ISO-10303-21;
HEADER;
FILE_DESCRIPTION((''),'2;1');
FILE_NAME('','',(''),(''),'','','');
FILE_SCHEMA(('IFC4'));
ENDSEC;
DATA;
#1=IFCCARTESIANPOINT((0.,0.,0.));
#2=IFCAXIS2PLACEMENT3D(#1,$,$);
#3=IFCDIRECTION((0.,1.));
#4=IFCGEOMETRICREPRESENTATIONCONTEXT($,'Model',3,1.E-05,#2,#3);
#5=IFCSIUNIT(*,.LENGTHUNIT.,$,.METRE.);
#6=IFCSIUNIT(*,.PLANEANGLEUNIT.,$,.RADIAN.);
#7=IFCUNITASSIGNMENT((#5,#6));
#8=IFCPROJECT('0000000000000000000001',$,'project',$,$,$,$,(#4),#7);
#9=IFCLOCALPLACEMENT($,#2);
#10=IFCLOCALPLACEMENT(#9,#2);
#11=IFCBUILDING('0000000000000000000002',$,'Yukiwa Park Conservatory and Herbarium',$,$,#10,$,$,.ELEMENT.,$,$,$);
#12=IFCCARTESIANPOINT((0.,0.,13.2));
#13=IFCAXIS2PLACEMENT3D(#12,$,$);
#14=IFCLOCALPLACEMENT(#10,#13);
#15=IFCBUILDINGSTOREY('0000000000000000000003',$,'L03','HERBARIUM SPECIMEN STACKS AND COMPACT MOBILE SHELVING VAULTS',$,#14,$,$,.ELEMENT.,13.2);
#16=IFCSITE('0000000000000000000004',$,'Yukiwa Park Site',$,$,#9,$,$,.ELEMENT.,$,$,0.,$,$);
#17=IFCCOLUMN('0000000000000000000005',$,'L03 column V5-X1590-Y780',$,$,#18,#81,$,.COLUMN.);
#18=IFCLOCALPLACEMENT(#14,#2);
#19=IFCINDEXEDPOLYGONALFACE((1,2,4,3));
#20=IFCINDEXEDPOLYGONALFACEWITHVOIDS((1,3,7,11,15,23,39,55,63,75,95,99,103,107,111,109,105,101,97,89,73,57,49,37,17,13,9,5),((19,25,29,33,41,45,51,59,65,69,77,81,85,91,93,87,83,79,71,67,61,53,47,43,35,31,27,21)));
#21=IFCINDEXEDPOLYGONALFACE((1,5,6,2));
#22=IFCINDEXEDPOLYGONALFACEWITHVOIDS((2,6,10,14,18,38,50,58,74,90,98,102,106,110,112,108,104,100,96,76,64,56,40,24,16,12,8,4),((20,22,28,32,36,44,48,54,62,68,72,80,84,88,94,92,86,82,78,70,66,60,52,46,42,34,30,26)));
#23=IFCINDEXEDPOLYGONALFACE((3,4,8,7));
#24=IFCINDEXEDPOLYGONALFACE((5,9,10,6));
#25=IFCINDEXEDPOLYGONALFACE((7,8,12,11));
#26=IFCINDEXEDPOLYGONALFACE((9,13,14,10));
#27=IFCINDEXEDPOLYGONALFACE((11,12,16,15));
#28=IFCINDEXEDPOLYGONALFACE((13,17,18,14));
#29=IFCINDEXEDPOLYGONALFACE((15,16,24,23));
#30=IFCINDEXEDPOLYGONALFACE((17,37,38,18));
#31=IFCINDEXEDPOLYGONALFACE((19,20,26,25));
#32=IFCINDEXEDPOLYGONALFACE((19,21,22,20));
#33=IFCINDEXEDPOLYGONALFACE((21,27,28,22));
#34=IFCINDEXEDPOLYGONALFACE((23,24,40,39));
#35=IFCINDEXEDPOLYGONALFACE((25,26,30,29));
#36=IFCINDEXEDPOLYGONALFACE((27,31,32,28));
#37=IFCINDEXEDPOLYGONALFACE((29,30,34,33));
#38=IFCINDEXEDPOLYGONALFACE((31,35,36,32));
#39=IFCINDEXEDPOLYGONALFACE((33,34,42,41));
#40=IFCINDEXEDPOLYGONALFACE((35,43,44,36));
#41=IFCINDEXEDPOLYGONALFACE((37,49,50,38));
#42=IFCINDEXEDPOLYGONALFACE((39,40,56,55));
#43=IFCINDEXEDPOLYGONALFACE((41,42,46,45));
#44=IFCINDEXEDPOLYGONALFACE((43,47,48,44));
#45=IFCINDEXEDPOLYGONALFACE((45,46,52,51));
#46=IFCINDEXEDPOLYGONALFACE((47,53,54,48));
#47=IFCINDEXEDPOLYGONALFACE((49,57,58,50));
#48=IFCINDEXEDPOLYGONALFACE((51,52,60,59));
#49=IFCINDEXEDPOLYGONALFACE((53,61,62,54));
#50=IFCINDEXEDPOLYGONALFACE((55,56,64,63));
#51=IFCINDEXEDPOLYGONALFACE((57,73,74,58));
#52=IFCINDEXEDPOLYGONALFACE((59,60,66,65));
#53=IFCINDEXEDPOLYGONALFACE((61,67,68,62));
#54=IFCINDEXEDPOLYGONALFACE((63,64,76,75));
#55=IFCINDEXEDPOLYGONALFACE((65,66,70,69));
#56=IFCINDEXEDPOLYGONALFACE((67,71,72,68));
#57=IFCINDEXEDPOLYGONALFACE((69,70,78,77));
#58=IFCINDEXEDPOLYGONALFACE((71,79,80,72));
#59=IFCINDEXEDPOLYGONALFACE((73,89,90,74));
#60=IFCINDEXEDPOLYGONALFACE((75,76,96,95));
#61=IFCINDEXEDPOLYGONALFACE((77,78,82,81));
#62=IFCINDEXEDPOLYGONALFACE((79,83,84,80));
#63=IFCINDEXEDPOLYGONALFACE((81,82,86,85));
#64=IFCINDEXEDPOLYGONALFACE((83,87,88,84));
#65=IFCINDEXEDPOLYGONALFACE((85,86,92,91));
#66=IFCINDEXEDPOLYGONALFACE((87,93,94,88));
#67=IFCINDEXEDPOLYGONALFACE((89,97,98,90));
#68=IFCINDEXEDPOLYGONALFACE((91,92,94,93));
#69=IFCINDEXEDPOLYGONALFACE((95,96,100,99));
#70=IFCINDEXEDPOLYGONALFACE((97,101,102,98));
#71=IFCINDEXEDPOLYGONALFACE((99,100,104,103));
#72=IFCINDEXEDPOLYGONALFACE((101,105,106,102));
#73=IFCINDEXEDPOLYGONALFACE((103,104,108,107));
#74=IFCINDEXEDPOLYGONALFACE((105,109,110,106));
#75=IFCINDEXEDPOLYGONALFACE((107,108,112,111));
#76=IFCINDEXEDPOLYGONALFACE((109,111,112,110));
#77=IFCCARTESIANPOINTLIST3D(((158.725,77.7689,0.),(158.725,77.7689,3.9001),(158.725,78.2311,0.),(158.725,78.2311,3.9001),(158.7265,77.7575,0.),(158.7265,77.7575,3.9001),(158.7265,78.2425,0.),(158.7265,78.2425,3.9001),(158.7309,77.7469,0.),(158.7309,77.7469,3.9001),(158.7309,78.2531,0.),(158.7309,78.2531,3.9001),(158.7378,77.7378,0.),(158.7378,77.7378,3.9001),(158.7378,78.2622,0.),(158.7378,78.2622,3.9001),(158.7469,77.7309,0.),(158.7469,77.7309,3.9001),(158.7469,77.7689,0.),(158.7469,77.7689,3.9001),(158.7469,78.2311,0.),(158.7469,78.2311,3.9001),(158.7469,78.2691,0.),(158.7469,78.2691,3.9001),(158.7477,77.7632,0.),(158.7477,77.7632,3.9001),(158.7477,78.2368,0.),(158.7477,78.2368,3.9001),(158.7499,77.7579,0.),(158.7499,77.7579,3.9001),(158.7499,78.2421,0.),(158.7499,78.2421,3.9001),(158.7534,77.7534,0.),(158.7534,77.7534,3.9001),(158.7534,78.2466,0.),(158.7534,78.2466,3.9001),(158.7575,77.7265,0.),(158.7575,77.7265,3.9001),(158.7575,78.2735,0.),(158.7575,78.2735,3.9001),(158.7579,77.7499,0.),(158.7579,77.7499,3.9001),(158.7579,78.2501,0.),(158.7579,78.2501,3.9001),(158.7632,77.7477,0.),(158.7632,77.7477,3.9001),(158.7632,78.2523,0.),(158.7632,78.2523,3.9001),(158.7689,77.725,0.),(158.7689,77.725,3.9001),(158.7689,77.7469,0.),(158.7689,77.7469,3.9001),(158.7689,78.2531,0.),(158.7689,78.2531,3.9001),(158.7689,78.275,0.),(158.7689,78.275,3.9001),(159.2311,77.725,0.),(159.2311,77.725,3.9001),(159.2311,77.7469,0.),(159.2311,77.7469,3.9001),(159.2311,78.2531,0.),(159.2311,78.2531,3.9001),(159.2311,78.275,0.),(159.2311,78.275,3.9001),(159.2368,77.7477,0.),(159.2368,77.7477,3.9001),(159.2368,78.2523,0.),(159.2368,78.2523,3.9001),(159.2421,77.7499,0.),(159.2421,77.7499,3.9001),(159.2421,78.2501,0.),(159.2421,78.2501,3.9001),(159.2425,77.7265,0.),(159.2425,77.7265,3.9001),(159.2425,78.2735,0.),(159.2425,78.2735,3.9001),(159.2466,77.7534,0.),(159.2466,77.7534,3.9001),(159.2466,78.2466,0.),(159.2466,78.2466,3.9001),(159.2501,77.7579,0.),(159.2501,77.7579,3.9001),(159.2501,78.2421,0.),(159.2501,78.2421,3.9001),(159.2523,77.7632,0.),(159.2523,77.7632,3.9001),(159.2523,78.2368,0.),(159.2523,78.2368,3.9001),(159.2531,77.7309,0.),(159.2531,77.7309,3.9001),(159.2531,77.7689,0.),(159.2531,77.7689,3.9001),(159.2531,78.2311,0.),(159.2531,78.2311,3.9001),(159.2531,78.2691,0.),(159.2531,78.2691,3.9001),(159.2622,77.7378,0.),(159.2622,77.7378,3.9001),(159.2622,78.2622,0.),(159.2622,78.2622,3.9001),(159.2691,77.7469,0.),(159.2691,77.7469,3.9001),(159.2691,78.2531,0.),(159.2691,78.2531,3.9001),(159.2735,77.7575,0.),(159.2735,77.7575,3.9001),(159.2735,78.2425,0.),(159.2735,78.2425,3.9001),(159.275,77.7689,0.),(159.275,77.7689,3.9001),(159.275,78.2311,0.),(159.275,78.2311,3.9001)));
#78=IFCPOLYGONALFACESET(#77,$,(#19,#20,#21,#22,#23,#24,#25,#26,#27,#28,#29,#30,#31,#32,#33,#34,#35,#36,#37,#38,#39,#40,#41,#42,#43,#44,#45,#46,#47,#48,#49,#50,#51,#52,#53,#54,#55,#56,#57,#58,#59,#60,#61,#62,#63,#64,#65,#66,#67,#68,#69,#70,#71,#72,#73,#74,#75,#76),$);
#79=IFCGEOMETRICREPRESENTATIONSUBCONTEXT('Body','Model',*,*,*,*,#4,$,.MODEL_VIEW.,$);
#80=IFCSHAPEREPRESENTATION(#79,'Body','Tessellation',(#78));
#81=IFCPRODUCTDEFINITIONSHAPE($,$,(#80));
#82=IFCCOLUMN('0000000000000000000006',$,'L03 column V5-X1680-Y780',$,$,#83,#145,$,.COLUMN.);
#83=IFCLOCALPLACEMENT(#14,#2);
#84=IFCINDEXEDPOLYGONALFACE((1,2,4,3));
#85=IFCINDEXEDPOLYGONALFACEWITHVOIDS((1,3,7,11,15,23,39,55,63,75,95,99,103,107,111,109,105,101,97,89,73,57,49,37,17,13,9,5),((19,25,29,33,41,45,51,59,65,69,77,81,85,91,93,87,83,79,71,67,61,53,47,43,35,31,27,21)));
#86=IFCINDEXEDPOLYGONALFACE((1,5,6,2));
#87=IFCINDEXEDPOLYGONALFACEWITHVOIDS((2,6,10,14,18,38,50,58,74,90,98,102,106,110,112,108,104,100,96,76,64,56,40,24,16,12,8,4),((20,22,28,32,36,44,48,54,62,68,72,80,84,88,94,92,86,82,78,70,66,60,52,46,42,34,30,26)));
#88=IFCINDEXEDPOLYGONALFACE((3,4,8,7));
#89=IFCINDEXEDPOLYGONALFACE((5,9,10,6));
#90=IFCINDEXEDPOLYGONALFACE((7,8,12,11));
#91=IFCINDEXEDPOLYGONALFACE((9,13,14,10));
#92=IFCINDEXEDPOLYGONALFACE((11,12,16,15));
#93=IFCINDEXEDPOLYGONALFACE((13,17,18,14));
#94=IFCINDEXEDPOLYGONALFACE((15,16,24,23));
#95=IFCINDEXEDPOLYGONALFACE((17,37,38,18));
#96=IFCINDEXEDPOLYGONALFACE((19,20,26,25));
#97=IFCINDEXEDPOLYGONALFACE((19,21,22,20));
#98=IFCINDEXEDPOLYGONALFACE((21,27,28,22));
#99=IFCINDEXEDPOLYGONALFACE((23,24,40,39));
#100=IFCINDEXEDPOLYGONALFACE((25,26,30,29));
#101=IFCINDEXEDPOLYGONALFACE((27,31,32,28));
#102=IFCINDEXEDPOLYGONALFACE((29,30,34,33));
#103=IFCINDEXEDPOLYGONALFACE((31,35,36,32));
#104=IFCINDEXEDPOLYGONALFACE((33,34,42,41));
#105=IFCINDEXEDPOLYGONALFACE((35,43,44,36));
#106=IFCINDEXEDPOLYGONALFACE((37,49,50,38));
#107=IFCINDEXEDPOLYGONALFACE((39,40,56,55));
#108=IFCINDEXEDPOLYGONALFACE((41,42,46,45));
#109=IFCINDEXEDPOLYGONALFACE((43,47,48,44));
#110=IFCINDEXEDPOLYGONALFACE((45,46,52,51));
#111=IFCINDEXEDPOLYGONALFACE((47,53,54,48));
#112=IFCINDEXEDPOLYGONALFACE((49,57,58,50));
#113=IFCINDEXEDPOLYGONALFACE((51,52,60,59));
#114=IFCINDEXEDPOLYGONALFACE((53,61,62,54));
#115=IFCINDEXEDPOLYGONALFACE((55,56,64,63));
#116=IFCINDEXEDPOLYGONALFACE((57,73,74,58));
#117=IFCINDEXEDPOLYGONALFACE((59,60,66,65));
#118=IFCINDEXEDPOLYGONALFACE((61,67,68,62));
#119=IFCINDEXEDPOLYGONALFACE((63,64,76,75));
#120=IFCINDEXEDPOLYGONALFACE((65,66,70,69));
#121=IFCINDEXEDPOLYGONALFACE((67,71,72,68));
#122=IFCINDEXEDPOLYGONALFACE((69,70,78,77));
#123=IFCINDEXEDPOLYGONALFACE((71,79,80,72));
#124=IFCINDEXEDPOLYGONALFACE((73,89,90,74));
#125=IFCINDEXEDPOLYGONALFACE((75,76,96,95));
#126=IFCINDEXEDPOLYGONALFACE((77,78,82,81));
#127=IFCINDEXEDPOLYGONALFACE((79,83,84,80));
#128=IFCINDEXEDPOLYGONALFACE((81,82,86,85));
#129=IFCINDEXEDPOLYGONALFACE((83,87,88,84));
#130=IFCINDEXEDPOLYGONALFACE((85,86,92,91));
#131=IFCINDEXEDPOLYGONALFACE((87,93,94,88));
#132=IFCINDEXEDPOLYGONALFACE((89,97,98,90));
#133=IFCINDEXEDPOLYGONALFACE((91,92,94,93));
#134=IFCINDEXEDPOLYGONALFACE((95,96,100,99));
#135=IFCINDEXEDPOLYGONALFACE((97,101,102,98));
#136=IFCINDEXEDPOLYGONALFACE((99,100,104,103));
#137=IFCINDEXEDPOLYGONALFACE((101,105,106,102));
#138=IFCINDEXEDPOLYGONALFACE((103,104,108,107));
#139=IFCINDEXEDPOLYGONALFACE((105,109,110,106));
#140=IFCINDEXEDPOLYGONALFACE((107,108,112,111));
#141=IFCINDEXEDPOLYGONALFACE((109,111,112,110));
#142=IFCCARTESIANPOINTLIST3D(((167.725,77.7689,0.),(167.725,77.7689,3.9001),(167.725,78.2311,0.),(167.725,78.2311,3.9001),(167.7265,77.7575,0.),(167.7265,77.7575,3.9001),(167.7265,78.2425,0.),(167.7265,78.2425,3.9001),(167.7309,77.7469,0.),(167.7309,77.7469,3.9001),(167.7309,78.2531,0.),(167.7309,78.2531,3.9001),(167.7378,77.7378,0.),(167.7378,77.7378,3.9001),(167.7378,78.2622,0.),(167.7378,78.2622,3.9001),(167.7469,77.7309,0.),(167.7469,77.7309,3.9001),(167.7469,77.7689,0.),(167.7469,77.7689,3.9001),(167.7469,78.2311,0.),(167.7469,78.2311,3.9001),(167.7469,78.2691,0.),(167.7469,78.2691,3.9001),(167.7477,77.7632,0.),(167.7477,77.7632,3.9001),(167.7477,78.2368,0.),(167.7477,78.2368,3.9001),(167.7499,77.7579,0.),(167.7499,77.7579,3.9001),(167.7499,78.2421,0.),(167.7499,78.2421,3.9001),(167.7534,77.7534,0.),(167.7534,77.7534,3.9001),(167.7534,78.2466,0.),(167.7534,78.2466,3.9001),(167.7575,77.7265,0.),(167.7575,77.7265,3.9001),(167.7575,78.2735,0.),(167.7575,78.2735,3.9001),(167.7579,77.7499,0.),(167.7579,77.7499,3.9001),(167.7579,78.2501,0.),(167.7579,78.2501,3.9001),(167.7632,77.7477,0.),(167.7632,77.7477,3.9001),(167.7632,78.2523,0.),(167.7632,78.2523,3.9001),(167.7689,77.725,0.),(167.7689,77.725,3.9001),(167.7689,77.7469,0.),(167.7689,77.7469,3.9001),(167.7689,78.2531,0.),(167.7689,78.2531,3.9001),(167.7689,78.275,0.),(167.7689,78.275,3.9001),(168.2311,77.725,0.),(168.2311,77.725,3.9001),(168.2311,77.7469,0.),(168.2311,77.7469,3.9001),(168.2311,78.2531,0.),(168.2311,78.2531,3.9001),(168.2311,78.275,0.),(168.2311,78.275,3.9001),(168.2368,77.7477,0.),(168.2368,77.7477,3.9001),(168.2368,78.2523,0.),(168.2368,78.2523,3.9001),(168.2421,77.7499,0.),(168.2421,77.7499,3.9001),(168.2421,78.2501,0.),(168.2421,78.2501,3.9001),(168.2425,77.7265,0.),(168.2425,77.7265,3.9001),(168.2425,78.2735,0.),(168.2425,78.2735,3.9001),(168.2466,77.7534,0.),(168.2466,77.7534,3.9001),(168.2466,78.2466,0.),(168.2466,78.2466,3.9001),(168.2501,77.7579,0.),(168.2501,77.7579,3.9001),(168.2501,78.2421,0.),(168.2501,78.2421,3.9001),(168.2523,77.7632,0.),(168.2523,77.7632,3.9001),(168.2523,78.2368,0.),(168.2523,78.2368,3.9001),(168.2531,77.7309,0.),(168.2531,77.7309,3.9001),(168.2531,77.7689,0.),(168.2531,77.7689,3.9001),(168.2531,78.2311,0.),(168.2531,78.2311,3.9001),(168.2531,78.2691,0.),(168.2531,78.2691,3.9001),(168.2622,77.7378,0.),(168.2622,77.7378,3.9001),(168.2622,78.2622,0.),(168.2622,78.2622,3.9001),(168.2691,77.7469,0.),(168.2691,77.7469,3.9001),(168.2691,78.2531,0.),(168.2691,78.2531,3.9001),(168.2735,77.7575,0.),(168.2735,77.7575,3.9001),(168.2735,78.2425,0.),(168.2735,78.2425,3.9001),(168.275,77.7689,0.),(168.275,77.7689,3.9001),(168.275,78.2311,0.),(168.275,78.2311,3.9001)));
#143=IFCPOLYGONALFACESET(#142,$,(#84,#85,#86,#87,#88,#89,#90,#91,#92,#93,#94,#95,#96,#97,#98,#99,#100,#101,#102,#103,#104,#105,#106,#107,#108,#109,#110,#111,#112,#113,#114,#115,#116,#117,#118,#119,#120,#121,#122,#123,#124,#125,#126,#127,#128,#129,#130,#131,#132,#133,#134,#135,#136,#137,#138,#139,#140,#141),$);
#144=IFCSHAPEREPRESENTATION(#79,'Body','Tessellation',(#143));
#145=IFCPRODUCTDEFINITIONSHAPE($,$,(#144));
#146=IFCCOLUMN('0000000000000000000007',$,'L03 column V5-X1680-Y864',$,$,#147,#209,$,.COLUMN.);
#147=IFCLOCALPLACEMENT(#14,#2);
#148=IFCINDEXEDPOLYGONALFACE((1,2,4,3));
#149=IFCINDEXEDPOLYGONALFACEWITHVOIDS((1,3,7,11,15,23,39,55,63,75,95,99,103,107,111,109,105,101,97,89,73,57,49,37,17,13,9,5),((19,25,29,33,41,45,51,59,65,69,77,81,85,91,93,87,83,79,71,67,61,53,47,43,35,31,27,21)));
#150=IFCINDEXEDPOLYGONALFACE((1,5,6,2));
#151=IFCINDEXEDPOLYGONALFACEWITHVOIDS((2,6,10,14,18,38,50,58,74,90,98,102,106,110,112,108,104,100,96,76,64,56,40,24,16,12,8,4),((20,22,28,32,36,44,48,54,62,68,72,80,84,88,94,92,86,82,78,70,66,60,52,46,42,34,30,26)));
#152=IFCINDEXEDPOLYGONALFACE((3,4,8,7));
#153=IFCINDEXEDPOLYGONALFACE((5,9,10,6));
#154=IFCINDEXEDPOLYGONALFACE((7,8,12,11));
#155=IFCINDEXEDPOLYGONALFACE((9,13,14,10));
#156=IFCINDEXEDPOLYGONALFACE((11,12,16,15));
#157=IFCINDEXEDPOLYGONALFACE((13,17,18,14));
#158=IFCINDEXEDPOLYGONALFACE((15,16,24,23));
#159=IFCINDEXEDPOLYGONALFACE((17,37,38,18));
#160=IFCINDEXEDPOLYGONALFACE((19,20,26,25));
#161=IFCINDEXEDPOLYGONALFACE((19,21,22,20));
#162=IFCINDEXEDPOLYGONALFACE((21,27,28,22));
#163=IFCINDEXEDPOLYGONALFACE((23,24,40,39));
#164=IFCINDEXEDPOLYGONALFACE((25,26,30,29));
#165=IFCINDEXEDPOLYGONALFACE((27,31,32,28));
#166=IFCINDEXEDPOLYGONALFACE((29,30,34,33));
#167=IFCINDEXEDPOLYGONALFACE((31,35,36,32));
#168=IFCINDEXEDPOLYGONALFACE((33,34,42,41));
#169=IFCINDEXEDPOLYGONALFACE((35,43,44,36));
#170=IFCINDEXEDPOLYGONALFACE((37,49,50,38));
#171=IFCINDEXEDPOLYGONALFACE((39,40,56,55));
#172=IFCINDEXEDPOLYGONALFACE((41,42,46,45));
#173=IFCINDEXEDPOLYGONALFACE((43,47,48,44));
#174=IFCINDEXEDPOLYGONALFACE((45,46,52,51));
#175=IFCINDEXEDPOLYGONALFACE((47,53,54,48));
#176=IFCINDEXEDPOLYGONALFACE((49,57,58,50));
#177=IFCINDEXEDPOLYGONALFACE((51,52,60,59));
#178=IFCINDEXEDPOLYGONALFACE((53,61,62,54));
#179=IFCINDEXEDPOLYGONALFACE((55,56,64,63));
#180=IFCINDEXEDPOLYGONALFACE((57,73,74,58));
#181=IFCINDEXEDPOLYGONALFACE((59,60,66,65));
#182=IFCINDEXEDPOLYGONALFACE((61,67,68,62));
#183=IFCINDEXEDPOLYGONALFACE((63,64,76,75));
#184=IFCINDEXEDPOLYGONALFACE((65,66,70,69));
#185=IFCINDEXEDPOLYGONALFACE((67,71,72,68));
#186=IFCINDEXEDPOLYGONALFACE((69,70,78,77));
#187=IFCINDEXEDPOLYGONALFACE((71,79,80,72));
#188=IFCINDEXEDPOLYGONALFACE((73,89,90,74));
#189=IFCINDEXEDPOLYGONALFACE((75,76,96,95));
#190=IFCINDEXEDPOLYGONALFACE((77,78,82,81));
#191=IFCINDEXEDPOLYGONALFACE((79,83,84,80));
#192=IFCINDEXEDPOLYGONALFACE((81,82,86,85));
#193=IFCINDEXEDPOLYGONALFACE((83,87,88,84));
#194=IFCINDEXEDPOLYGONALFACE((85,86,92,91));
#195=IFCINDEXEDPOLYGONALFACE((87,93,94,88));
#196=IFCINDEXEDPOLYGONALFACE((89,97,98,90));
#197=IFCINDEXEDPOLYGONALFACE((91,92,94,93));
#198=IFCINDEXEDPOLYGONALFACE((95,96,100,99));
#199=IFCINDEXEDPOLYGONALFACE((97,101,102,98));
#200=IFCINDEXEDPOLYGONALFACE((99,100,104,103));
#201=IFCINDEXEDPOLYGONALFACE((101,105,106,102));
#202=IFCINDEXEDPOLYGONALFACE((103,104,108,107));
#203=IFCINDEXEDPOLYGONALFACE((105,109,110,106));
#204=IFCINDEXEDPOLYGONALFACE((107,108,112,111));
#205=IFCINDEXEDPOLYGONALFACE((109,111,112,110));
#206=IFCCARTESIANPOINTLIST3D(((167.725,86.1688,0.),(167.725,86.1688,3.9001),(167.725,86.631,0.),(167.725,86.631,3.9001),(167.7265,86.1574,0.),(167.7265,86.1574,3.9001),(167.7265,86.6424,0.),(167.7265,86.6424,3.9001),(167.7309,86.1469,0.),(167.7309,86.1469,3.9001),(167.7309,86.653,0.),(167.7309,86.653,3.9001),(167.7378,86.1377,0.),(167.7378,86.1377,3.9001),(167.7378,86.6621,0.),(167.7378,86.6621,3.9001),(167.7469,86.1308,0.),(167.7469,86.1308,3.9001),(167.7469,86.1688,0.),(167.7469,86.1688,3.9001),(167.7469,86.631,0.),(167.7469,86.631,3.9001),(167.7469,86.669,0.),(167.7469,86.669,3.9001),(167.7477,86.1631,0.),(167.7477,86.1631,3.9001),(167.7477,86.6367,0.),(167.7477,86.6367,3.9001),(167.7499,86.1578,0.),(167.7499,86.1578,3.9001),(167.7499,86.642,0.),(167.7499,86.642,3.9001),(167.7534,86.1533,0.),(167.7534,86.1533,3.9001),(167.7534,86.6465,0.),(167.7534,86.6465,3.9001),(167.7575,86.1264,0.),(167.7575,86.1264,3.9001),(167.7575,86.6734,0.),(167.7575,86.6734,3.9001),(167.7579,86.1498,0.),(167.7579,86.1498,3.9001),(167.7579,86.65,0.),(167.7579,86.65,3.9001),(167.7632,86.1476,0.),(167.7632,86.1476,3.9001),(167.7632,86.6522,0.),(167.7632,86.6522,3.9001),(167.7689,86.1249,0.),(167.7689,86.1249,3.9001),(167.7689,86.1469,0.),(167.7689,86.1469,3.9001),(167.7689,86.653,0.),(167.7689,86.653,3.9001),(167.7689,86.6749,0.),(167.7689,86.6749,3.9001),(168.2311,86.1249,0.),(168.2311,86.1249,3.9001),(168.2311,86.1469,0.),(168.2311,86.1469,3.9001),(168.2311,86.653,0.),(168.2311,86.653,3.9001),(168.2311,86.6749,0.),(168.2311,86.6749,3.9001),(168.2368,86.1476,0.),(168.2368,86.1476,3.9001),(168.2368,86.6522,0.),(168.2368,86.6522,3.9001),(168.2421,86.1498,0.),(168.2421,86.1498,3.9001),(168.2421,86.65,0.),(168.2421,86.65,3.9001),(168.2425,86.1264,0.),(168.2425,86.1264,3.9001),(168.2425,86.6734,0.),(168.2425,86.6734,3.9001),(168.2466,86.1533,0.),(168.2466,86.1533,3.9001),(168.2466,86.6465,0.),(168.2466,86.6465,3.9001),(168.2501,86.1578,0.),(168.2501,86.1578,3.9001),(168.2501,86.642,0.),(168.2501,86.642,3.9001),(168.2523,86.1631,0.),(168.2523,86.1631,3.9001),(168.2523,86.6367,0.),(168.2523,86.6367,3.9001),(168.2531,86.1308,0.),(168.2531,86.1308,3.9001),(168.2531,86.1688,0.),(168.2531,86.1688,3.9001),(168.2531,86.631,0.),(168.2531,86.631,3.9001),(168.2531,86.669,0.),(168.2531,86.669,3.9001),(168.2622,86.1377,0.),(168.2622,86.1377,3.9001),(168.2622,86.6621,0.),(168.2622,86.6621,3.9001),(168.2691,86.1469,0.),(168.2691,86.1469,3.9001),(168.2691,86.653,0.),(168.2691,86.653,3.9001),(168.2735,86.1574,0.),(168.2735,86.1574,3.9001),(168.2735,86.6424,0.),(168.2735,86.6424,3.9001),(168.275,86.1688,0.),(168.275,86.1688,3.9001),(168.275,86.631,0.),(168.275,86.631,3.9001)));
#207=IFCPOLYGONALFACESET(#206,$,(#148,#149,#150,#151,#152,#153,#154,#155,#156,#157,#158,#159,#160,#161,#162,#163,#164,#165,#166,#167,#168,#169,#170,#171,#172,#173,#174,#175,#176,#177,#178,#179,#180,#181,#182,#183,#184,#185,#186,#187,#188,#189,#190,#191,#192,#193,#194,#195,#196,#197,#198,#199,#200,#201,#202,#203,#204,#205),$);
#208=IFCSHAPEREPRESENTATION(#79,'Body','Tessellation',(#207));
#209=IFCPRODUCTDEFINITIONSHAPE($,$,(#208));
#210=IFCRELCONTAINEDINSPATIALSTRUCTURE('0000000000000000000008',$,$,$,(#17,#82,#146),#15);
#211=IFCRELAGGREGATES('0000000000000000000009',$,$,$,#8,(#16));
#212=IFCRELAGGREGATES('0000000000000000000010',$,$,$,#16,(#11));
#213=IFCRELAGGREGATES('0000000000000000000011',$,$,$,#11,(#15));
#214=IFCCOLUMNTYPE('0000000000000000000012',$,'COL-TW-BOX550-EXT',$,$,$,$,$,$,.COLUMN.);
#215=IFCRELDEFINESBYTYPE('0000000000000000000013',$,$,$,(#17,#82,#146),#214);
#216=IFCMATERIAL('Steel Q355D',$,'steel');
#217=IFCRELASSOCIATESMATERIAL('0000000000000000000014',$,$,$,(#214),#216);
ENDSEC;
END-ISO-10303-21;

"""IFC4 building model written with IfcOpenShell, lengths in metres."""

from ifc_helpers import new_model, si_unit, direction, frame, origin, origin_2d, place, context, subcontext, project, spatial, hollow_rectangle, extrude, material, material_profile, profile_set, type_object, element, save


model = new_model("IFC4")

# Units and contexts
model_context = context("Model", 3, precision=1e-05, world=origin(), true_north=direction((0.0, 1.0)))
body_context = subcontext(model_context, "Body", "Model", "MODEL_VIEW")
ifc_project = project(units=[si_unit("LENGTHUNIT", "METRE"), si_unit("PLANEANGLEUNIT", "RADIAN")], contexts=[model_context])

# Site, building, storey
site_placement = place(None, origin())
site = spatial("IfcSite", under=ifc_project, at=site_placement, Name="Yukiwa Park Site", CompositionType="ELEMENT", RefElevation=0.0)
building_placement = place(site_placement, origin())
building = spatial("IfcBuilding", under=site, at=building_placement, Name="Yukiwa Park Conservatory and Herbarium", CompositionType="ELEMENT")
storey_placement = place(building_placement, frame((0.0, 0.0, 13.2)))
storey = spatial("IfcBuildingStorey", under=building, at=storey_placement, Name="L03", Description="HERBARIUM SPECIMEN STACKS AND COMPACT MOBILE SHELVING VAULTS", CompositionType="ELEMENT", Elevation=13.2)

# Columns
ifc_material_1 = material(Name="Steel Q355D", Category="steel")
ifc_material_profile_1 = material_profile(ifc_material_1, hollow_rectangle(XDim=0.55, YDim=0.55, WallThickness=0.022, InnerFilletRadius=0.022, OuterFilletRadius=0.0439, at=origin_2d()), Name="BOX 550x550x22")
ifc_profile_set_1 = profile_set([ifc_material_profile_1], Name="Steel Q355D")
column_type_1 = type_object("IfcColumnType", Name="COL-TW-BOX550-EXT", PredefinedType="COLUMN", material=ifc_profile_set_1)
for number, where, z_axis, x_axis, name in (
    (1, (159.0, 78.0, 0.0), (0.0, 0.0, 1.0), (1.0, 0.0, 0.0), "L03 column V5-X1590-Y780"),
    (2, (168.0, 78.0, 0.0), (0.0, 0.0, 1.0), (1.0, 0.0, 0.0), "L03 column V5-X1680-Y780"),
    (3, (168.0, 86.3999, 0.0), (0.0, 0.0, 1.0), (1.0, 0.0, 0.0), "L03 column V5-X1680-Y864"),
):
    element("IfcColumn", number, at=place(storey_placement, frame(where, z_axis=z_axis, x_axis=x_axis)), inside=storey, type_object=column_type_1, Name=name, PredefinedType="COLUMN", context=body_context, shape_type="SweptSolid", body=[
        extrude(hollow_rectangle(XDim=0.55, YDim=0.55, WallThickness=0.022, InnerFilletRadius=0.022, OuterFilletRadius=0.0439, at=origin_2d()), origin(), (0.0, 0.0, 1.0), 3.9001),
    ])

save(model, "model.ifc")
